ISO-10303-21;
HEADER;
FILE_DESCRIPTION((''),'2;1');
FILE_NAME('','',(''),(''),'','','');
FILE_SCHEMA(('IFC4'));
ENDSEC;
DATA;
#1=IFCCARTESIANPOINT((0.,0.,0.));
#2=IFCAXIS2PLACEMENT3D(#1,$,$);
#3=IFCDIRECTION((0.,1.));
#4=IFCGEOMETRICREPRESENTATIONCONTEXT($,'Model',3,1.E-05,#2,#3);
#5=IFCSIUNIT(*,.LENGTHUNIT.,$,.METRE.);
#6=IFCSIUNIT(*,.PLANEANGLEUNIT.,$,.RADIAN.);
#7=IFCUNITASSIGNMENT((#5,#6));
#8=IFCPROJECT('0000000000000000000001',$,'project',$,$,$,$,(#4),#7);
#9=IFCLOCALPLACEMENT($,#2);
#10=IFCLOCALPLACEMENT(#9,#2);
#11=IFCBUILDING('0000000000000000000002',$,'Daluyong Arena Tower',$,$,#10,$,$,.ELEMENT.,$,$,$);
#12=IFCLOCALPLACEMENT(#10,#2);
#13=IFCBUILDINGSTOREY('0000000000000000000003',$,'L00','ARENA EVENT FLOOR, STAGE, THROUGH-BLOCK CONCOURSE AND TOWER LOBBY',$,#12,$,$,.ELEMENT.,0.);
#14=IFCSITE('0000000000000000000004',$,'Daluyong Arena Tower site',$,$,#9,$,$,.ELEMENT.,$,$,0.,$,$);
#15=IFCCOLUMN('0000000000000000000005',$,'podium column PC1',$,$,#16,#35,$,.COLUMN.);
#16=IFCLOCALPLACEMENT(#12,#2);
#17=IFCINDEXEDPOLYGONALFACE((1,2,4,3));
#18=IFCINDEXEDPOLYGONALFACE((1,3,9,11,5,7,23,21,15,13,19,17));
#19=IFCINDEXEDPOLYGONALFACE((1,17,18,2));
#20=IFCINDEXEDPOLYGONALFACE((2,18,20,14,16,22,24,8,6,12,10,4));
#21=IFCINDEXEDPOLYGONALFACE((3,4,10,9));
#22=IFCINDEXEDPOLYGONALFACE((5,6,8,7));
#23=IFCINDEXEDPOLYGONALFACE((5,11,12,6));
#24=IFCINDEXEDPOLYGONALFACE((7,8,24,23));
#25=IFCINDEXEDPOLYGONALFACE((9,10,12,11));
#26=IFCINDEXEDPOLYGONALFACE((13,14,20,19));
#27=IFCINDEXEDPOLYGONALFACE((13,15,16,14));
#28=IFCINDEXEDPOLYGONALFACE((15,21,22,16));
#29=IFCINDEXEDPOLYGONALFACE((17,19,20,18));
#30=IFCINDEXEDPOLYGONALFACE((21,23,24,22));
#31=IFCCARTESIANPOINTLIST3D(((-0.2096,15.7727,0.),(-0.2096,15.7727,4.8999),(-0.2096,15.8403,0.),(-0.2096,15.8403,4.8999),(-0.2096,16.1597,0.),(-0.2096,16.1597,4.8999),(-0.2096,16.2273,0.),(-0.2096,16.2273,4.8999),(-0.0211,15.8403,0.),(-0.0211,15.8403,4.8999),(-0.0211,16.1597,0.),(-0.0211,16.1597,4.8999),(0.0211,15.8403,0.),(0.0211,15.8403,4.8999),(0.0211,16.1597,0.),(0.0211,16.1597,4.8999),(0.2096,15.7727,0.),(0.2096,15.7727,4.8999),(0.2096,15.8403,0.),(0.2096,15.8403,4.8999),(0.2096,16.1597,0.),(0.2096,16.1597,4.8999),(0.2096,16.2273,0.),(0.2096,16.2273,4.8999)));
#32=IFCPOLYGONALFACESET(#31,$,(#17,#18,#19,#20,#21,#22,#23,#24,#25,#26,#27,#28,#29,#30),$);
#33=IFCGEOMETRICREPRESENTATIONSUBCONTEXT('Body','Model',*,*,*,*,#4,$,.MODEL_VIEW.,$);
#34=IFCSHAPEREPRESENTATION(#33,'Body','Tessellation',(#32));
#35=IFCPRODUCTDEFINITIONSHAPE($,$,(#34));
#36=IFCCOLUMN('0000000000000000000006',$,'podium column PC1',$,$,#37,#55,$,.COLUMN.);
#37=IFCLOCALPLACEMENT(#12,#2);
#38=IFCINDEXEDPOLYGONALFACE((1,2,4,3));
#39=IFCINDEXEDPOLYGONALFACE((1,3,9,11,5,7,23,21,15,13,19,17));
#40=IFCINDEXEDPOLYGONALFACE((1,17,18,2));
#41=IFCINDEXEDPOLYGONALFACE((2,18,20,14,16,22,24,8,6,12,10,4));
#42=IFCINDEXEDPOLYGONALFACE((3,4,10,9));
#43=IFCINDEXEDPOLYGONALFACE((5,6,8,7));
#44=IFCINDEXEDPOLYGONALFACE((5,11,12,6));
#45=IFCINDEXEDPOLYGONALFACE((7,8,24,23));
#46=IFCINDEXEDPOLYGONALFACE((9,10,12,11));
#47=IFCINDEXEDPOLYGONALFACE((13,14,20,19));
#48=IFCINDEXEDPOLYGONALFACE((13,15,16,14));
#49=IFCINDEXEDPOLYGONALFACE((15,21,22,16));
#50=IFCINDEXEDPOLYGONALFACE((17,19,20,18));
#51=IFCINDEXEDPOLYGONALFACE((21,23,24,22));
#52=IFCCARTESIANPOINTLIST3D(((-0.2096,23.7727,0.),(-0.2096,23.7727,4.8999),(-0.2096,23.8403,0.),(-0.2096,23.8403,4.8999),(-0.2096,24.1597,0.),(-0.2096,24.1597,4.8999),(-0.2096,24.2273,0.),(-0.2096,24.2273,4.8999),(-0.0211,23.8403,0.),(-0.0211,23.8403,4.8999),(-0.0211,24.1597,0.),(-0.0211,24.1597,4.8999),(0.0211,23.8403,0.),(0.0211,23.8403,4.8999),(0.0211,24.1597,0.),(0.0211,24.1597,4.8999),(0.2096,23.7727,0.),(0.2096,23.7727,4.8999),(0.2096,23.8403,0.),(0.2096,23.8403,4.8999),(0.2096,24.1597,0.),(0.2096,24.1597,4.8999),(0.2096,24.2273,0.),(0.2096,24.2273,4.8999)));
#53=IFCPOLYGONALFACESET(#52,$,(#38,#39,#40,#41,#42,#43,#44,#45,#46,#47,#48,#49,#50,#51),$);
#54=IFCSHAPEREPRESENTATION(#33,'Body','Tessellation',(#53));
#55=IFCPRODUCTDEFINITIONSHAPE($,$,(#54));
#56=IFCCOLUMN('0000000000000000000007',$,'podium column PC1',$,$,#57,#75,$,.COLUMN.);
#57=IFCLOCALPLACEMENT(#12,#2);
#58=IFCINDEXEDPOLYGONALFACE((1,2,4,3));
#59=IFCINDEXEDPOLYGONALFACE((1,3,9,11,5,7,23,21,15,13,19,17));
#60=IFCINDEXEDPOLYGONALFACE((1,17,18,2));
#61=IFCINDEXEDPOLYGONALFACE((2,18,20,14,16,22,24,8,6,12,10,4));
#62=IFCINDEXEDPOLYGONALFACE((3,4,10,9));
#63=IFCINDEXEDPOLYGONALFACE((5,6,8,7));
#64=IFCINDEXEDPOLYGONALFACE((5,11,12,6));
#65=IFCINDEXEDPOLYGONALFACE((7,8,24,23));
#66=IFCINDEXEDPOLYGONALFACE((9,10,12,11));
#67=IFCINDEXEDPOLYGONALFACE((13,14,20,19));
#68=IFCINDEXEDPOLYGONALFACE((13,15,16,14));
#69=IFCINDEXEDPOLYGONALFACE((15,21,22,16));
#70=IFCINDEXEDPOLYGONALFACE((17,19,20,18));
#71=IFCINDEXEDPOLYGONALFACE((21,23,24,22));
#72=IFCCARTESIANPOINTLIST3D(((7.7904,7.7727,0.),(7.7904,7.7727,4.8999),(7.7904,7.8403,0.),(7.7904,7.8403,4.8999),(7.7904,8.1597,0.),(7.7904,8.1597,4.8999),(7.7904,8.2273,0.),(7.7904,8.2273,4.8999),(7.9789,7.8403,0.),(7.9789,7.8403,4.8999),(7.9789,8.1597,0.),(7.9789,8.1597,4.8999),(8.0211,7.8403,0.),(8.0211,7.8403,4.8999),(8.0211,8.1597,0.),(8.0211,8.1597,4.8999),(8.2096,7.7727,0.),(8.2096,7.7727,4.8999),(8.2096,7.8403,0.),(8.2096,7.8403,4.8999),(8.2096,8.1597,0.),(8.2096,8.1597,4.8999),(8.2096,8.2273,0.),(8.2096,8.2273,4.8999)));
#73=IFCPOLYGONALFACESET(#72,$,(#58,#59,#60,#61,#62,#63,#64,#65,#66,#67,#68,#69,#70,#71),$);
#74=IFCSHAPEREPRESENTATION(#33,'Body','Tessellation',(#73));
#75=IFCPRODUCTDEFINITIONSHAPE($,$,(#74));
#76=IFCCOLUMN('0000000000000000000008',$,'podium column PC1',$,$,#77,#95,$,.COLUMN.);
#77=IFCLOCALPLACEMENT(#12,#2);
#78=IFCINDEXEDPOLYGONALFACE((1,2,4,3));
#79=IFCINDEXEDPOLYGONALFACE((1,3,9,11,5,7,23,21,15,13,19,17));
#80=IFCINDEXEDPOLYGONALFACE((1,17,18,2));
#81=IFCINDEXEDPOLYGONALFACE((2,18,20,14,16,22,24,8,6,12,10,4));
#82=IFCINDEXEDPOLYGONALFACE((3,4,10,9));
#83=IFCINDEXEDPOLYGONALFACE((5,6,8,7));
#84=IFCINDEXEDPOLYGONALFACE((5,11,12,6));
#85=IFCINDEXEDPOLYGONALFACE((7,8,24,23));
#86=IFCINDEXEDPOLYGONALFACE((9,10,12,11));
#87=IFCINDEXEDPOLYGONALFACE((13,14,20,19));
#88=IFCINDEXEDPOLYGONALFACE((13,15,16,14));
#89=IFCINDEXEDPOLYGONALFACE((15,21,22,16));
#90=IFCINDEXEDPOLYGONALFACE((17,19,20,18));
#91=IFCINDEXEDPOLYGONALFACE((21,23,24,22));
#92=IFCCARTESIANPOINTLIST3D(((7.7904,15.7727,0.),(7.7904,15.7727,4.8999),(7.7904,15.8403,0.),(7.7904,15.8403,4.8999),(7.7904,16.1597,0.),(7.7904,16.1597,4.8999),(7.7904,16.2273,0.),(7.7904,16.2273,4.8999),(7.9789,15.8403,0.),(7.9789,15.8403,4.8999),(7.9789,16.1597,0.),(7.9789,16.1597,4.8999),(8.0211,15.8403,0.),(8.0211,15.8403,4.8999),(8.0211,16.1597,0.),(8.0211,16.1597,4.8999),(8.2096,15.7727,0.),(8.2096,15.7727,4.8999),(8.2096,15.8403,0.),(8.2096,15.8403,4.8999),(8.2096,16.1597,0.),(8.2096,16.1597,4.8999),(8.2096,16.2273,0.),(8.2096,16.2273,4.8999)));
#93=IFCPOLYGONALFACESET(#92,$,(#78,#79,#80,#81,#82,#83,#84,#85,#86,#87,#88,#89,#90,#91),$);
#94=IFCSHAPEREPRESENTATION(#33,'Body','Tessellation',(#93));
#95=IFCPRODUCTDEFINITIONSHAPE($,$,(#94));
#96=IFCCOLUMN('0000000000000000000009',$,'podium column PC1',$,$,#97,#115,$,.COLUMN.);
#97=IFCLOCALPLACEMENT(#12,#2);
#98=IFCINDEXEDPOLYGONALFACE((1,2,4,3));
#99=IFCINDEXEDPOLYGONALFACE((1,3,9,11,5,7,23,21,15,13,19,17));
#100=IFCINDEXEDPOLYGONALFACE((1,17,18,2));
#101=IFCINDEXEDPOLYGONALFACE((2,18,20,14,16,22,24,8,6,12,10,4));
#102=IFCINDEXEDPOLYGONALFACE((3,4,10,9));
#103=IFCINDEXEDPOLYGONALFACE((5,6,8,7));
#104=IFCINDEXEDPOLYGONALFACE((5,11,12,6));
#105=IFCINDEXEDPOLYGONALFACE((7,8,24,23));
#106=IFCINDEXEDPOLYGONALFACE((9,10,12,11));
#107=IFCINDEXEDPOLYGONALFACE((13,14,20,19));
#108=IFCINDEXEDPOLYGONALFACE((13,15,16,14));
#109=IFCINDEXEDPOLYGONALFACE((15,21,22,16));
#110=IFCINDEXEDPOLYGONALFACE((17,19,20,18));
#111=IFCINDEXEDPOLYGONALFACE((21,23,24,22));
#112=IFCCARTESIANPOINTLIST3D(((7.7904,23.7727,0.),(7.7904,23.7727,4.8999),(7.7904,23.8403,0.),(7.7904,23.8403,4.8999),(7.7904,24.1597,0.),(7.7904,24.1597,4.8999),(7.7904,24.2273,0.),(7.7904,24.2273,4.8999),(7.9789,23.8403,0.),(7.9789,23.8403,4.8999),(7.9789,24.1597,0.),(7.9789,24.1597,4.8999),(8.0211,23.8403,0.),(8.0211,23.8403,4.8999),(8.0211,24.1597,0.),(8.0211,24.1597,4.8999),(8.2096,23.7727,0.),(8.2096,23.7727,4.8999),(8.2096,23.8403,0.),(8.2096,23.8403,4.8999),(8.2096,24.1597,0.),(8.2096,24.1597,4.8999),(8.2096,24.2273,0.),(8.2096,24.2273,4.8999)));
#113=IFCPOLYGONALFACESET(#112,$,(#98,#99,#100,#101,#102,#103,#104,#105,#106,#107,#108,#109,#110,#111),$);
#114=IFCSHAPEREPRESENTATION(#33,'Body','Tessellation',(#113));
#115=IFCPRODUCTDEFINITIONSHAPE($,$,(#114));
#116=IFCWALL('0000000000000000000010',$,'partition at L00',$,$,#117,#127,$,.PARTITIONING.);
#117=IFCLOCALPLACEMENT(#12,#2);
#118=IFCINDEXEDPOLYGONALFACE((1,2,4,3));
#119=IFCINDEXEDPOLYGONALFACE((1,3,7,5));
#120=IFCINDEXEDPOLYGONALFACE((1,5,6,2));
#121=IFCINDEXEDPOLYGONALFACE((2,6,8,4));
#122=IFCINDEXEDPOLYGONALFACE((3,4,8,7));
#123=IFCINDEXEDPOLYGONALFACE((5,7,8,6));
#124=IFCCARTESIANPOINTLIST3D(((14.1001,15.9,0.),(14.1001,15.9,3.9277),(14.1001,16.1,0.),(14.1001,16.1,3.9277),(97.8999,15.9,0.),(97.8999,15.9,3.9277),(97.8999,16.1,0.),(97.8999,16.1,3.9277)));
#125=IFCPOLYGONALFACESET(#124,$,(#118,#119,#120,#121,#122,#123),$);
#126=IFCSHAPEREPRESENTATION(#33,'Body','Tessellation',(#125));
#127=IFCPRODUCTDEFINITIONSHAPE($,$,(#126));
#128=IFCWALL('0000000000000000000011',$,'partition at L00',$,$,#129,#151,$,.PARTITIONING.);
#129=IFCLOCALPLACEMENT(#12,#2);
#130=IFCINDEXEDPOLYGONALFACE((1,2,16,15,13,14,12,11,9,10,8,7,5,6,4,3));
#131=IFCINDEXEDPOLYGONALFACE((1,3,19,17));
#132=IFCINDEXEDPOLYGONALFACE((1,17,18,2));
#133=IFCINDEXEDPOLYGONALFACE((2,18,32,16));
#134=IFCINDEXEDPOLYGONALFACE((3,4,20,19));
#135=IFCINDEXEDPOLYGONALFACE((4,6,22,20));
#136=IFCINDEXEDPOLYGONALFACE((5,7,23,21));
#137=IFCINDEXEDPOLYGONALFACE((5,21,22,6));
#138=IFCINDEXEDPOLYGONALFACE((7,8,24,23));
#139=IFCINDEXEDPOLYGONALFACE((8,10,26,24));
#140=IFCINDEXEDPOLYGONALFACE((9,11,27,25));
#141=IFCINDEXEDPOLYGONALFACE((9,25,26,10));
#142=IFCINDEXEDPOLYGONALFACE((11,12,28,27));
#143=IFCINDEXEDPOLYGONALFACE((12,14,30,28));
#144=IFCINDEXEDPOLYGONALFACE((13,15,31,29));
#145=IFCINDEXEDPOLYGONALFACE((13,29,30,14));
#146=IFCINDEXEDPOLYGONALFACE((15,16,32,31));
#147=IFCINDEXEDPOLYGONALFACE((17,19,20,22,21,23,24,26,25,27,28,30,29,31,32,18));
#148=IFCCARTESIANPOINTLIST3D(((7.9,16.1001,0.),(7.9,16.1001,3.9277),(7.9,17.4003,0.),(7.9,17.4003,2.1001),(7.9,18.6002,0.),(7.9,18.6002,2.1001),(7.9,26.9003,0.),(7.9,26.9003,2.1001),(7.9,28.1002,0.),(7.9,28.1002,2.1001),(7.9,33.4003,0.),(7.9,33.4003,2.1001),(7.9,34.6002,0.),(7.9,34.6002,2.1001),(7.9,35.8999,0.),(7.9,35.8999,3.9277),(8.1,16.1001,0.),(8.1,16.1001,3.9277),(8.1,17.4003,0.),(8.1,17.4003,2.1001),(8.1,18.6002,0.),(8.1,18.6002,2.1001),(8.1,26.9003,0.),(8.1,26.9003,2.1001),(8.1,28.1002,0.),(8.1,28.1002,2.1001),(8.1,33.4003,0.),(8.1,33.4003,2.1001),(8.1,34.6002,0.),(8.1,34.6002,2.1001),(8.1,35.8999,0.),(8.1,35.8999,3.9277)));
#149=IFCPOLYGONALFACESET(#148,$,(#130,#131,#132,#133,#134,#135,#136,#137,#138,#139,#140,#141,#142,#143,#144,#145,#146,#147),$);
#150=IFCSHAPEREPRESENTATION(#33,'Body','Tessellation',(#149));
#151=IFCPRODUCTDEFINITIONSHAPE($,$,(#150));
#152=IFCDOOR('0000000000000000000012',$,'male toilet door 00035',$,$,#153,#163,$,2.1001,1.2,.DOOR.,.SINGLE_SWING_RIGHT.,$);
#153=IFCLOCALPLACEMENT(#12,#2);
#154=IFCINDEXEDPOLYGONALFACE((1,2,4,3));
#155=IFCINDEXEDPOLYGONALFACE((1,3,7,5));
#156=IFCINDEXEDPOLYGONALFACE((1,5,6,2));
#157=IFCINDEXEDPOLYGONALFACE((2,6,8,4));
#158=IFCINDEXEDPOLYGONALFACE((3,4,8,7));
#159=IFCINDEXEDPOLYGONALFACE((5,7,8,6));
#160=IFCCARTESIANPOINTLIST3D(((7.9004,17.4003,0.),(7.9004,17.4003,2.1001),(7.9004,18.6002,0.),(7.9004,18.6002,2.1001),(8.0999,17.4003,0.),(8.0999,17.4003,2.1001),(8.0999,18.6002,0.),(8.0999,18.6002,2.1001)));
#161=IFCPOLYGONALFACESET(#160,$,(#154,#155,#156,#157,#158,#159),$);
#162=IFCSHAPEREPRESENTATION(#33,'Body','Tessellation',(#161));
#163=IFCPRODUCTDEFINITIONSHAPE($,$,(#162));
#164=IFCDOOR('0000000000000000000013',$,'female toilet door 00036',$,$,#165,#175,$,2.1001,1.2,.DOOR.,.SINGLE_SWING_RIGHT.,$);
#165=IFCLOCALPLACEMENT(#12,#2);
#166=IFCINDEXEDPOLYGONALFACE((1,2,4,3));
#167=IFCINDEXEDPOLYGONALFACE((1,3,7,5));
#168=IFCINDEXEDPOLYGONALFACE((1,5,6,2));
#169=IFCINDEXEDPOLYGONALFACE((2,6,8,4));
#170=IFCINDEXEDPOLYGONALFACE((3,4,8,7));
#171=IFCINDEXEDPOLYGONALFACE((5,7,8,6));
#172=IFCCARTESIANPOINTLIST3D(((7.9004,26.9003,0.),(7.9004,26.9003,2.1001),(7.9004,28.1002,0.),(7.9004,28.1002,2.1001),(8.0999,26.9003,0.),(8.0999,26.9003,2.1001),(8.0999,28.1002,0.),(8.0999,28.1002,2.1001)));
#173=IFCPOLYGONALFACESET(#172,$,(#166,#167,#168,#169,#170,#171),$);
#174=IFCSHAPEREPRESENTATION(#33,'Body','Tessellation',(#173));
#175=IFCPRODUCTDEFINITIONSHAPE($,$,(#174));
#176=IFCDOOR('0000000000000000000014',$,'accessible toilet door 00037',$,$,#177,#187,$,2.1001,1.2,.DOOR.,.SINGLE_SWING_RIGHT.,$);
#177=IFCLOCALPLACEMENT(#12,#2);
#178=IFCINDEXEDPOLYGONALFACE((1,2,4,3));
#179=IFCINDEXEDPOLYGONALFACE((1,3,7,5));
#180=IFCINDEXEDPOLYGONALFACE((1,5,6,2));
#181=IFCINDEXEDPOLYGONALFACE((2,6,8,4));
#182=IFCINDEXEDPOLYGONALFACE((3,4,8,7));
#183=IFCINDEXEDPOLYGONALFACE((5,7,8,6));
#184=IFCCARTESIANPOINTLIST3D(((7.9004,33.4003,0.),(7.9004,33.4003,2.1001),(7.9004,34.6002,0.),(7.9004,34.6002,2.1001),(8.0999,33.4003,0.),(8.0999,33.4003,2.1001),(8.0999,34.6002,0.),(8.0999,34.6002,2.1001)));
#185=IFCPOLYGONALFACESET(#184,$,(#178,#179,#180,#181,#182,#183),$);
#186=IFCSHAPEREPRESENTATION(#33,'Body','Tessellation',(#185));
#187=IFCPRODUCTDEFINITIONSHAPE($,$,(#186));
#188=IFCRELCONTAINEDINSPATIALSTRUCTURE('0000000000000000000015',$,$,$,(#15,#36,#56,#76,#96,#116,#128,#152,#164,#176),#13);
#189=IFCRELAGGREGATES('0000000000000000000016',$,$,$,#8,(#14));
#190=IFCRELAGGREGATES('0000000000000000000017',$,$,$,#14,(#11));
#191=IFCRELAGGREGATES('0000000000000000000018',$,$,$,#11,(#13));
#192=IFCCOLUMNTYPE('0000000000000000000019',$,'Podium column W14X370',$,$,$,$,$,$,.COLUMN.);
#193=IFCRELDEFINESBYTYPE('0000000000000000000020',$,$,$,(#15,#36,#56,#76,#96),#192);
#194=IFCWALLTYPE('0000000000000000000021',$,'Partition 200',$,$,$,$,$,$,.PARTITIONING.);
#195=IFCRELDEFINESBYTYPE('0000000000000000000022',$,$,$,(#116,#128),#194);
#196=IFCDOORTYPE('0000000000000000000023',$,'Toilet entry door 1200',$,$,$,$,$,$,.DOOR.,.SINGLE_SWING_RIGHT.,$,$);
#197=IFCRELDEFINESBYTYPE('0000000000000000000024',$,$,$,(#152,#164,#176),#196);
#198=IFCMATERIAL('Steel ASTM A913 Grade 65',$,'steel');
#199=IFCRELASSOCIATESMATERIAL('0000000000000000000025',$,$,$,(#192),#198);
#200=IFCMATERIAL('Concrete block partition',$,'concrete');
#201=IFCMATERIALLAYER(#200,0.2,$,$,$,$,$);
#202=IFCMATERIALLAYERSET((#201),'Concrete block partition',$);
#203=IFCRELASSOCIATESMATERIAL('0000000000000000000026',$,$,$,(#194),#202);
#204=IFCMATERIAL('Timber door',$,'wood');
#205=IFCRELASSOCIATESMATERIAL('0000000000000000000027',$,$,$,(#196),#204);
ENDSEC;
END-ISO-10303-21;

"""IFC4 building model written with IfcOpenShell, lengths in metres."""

from ifc_helpers import new_model, si_unit, direction, frame, frame_2d, origin, origin_2d, place, context, subcontext, project, spatial, rectangle, i_section, extrude, material, layer, layer_set, material_profile, profile_set, type_object, element, fill, save


model = new_model("IFC4")

# Units and contexts
model_context = context("Model", 3, precision=1e-05, world=origin(), true_north=direction((0.0, 1.0)))
body_context = subcontext(model_context, "Body", "Model", "MODEL_VIEW")
ifc_project = project(units=[si_unit("LENGTHUNIT", "METRE"), si_unit("PLANEANGLEUNIT", "RADIAN")], contexts=[model_context])

# Site, building, storey
site_placement = place(None, origin())
site = spatial("IfcSite", under=ifc_project, at=site_placement, Name="Daluyong Arena Tower site", CompositionType="ELEMENT", RefElevation=0.0)
building_placement = place(site_placement, origin())
building = spatial("IfcBuilding", under=site, at=building_placement, Name="Daluyong Arena Tower", CompositionType="ELEMENT")
storey_placement = place(building_placement, origin())
storey = spatial("IfcBuildingStorey", under=building, at=storey_placement, Name="L00", Description="ARENA EVENT FLOOR, STAGE, THROUGH-BLOCK CONCOURSE AND TOWER LOBBY", CompositionType="ELEMENT", Elevation=0.0)

# Columns
ifc_material_1 = material(Name="Steel ASTM A913 Grade 65", Category="steel")
ifc_material_profile = material_profile(ifc_material_1, i_section(OverallWidth=0.4192, OverallDepth=0.4546, WebThickness=0.0422, FlangeThickness=0.0676, at=origin_2d()))
ifc_profile_set = profile_set([ifc_material_profile], Name="Steel ASTM A913 Grade 65")
column_type = type_object("IfcColumnType", Name="Podium column W14X370", PredefinedType="COLUMN", material=ifc_profile_set)
for number, where, z_axis, x_axis, name in (
    (1, (0.0, 16.0, 0.0), (0.0, 0.0, 1.0), (1.0, 0.0, 0.0), "podium column PC1"),
    (2, (0.0, 24.0, 0.0), (0.0, 0.0, 1.0), (1.0, 0.0, 0.0), "podium column PC1"),
    (3, (8.0, 8.0, 0.0), (0.0, 0.0, 1.0), (1.0, 0.0, 0.0), "podium column PC1"),
    (4, (8.0, 16.0, 0.0), (0.0, 0.0, 1.0), (1.0, 0.0, 0.0), "podium column PC1"),
    (5, (8.0, 24.0, 0.0), (0.0, 0.0, 1.0), (1.0, 0.0, 0.0), "podium column PC1"),
):
    element("IfcColumn", number, at=place(storey_placement, frame(where, z_axis=z_axis, x_axis=x_axis)), inside=storey, type_object=column_type, Name=name, PredefinedType="COLUMN", context=body_context, shape_type="SweptSolid", body=[
        extrude(i_section(OverallWidth=0.4192, OverallDepth=0.4546, WebThickness=0.0422, FlangeThickness=0.0676, at=origin_2d()), origin(), (0.0, 0.0, 1.0), 4.8999),
    ])

# Wall
ifc_material_2 = material(Name="Concrete block partition", Category="concrete")
ifc_layer_1 = layer(ifc_material_2, 0.2)
ifc_layer_set_1 = layer_set([ifc_layer_1], Name="Concrete block partition")
wall_type = type_object("IfcWallType", Name="Partition 200", PredefinedType="PARTITIONING", material=ifc_layer_set_1)
wall_1_placement = place(storey_placement, frame((14.1001, 16.0, 0.0), z_axis=(0.0, 0.0, 1.0), x_axis=(1.0, 0.0, 0.0)))
element("IfcWall", 6, at=wall_1_placement, inside=storey, type_object=wall_type, Name="partition at L00", PredefinedType="PARTITIONING", context=body_context, shape_type="SweptSolid", body=[
    extrude(rectangle(XDim=83.7998, YDim=0.2, at=frame_2d((41.8999, 0.0))), origin(), (0.0, 0.0, 1.0), 3.9277),
])

# Wall, openings, doors
wall_2_placement = place(storey_placement, frame((8.0, 16.1001, 0.0), z_axis=(0.0, 0.0, 1.0), x_axis=(0.0, 1.0, 0.0)))
wall_2 = element("IfcWall", 7, at=wall_2_placement, inside=storey, type_object=wall_type, Name="partition at L00", PredefinedType="PARTITIONING", context=body_context, shape_type="SweptSolid", body=[
    extrude(rectangle(XDim=19.7998, YDim=0.2, at=frame_2d((9.8999, 0.0))), origin(), (0.0, 0.0, 1.0), 3.9277),
])
opening_1_placement = place(wall_2_placement, frame((1.3, 0.0, 0.0)))
opening_1 = element("IfcOpeningElement", 8, at=opening_1_placement, cuts=wall_2, PredefinedType="OPENING", context=body_context, shape_type="SweptSolid", body=[
    extrude(rectangle(XDim=1.2, YDim=2.1001, at=frame_2d((0.6001, 1.05))), frame((0.0, 0.1099, 0.0), z_axis=(0.0, -1.0, 0.0), x_axis=(1.0, 0.0, 0.0)), (0.0, 0.0, 1.0), 0.22),
])
opening_2_placement = place(wall_2_placement, frame((10.8, 0.0, 0.0)))
opening_2 = element("IfcOpeningElement", 9, at=opening_2_placement, cuts=wall_2, PredefinedType="OPENING", context=body_context, shape_type="SweptSolid", body=[
    extrude(rectangle(XDim=1.2, YDim=2.1001, at=frame_2d((0.6001, 1.05))), frame((0.0, 0.1099, 0.0), z_axis=(0.0, -1.0, 0.0), x_axis=(1.0, 0.0, 0.0)), (0.0, 0.0, 1.0), 0.22),
])
opening_3_placement = place(wall_2_placement, frame((17.3, 0.0, 0.0)))
opening_3 = element("IfcOpeningElement", 10, at=opening_3_placement, cuts=wall_2, PredefinedType="OPENING", context=body_context, shape_type="SweptSolid", body=[
    extrude(rectangle(XDim=1.2, YDim=2.1001, at=frame_2d((0.6001, 1.05))), frame((0.0, 0.1099, 0.0), z_axis=(0.0, -1.0, 0.0), x_axis=(1.0, 0.0, 0.0)), (0.0, 0.0, 1.0), 0.22),
])
ifc_material_3 = material(Name="Timber door", Category="wood")
door_type_1 = type_object("IfcDoorType", Name="Toilet entry door 1200", OperationType="SINGLE_SWING_RIGHT", PredefinedType="DOOR", material=ifc_material_3)
door_1_placement = place(opening_1_placement, origin())
door_1 = element("IfcDoor", 11, at=door_1_placement, inside=storey, type_object=door_type_1, Name="male toilet door 00035", OperationType="SINGLE_SWING_RIGHT", OverallHeight=2.1001, OverallWidth=1.2, PredefinedType="DOOR", context=body_context, shape_type="SweptSolid", body=[
    extrude(rectangle(XDim=1.2, YDim=2.1001, at=frame_2d((0.6001, 1.05))), frame((0.0, 0.0996, 0.0), z_axis=(0.0, -1.0, 0.0), x_axis=(1.0, 0.0, 0.0)), (0.0, 0.0, 1.0), 0.1995),
])
fill(opening_1, door_1)
door_2_placement = place(opening_2_placement, origin())
door_2 = element("IfcDoor", 12, at=door_2_placement, inside=storey, type_object=door_type_1, Name="female toilet door 00036", OperationType="SINGLE_SWING_RIGHT", OverallHeight=2.1001, OverallWidth=1.2, PredefinedType="DOOR", context=body_context, shape_type="SweptSolid", body=[
    extrude(rectangle(XDim=1.2, YDim=2.1001, at=frame_2d((0.6001, 1.05))), frame((0.0, 0.0996, 0.0), z_axis=(0.0, -1.0, 0.0), x_axis=(1.0, 0.0, 0.0)), (0.0, 0.0, 1.0), 0.1995),
])
fill(opening_2, door_2)
door_3_placement = place(opening_3_placement, origin())
door_3 = element("IfcDoor", 13, at=door_3_placement, inside=storey, type_object=door_type_1, Name="accessible toilet door 00037", OperationType="SINGLE_SWING_RIGHT", OverallHeight=2.1001, OverallWidth=1.2, PredefinedType="DOOR", context=body_context, shape_type="SweptSolid", body=[
    extrude(rectangle(XDim=1.2, YDim=2.1001, at=frame_2d((0.6001, 1.05))), frame((0.0, 0.0996, 0.0), z_axis=(0.0, -1.0, 0.0), x_axis=(1.0, 0.0, 0.0)), (0.0, 0.0, 1.0), 0.1995),
])
fill(opening_3, door_3)

save(model, "model.ifc")
